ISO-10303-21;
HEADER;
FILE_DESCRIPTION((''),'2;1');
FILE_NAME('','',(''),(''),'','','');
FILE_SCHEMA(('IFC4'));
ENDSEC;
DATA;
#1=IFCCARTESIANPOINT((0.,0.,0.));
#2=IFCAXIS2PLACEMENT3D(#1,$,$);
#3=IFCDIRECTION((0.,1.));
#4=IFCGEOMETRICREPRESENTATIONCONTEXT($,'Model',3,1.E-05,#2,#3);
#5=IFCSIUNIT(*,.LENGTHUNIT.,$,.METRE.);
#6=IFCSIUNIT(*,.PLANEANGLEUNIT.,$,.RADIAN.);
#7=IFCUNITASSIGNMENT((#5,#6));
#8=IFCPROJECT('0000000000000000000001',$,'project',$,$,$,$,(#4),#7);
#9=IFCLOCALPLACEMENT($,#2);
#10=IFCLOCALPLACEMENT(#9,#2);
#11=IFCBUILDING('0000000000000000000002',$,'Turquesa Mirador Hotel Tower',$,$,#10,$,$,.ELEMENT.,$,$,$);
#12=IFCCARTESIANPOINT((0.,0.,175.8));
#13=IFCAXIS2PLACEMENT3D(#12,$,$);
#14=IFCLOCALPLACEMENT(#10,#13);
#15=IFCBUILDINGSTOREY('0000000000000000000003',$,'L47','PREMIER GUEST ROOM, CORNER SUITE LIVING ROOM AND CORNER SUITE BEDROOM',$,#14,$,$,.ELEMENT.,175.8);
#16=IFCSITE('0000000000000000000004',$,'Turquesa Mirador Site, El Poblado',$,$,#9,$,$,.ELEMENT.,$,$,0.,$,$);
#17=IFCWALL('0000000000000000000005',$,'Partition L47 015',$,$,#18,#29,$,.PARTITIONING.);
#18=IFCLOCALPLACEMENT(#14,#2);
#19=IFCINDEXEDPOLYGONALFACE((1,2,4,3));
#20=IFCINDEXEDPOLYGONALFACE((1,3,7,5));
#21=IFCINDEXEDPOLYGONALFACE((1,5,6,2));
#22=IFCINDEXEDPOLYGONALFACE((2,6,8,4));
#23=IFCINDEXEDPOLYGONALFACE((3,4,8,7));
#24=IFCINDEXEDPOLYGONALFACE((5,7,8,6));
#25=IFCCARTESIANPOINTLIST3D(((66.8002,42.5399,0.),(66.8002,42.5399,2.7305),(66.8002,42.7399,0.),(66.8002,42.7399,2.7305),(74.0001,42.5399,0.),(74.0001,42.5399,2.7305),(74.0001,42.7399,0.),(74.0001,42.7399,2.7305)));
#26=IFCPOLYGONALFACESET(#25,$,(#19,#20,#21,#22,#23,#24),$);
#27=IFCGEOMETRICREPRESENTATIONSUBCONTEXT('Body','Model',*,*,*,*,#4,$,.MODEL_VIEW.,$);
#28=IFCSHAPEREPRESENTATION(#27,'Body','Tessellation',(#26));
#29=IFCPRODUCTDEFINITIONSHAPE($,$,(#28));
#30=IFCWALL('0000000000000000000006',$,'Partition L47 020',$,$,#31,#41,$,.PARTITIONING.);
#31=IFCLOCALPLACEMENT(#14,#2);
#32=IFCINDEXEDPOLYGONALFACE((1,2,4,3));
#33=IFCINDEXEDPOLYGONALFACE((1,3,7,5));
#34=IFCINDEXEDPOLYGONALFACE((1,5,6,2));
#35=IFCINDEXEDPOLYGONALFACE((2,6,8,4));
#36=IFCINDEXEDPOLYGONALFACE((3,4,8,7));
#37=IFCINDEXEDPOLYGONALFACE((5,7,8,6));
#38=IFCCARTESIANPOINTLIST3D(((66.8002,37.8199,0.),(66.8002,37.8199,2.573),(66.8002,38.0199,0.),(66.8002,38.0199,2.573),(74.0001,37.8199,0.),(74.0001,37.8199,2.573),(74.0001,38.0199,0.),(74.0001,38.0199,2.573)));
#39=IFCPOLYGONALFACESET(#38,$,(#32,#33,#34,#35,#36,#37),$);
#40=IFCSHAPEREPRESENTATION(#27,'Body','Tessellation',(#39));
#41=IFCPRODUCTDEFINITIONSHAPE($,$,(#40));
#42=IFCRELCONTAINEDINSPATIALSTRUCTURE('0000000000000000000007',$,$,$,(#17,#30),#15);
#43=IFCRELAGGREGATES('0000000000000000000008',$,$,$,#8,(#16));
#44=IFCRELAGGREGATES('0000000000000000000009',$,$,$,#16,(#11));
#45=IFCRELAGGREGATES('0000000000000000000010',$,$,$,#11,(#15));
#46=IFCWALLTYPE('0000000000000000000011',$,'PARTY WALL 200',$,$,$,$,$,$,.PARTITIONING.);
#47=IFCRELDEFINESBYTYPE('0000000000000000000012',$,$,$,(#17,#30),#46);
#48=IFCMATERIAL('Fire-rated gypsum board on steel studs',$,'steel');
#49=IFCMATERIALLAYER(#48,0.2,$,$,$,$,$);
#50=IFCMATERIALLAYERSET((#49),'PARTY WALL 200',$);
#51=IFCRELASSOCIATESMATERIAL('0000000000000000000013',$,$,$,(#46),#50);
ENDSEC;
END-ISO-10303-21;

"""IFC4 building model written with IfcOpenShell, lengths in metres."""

from ifc_helpers import new_model, si_unit, direction, frame, frame_2d, origin, place, context, subcontext, project, spatial, rectangle, extrude, material, layer, layer_set, type_object, element, save


model = new_model("IFC4")

# Units and contexts
model_context = context("Model", 3, precision=1e-05, world=origin(), true_north=direction((0.0, 1.0)))
body_context = subcontext(model_context, "Body", "Model", "MODEL_VIEW")
ifc_project = project(units=[si_unit("LENGTHUNIT", "METRE"), si_unit("PLANEANGLEUNIT", "RADIAN")], contexts=[model_context])

# Site, building, storey
site_placement = place(None, origin())
site = spatial("IfcSite", under=ifc_project, at=site_placement, Name="Turquesa Mirador Site, El Poblado", CompositionType="ELEMENT", RefElevation=0.0)
building_placement = place(site_placement, origin())
building = spatial("IfcBuilding", under=site, at=building_placement, Name="Turquesa Mirador Hotel Tower", CompositionType="ELEMENT")
storey_placement = place(building_placement, frame((0.0, 0.0, 175.8)))
storey = spatial("IfcBuildingStorey", under=building, at=storey_placement, Name="L47", Description="PREMIER GUEST ROOM, CORNER SUITE LIVING ROOM AND CORNER SUITE BEDROOM", CompositionType="ELEMENT", Elevation=175.8)

# Walls
ifc_material_1 = material(Name="Fire-rated gypsum board on steel studs", Category="steel")
ifc_layer_1 = layer(ifc_material_1, 0.2)
ifc_layer_set_1 = layer_set([ifc_layer_1], Name="PARTY WALL 200")
wall_type_1 = type_object("IfcWallType", Name="PARTY WALL 200", PredefinedType="PARTITIONING", material=ifc_layer_set_1)
wall_1_placement = place(storey_placement, frame((66.8, 42.6399, 0.0), z_axis=(0.0, 0.0, 1.0), x_axis=(1.0, 0.0, 0.0)))
element("IfcWall", 1, at=wall_1_placement, inside=storey, type_object=wall_type_1, Name="Partition L47 015", PredefinedType="PARTITIONING", context=body_context, shape_type="SweptSolid", body=[
    extrude(rectangle(XDim=7.2, YDim=0.2, at=frame_2d((3.6001, 0.0))), origin(), (0.0, 0.0, 1.0), 2.7305),
])
wall_2_placement = place(storey_placement, frame((66.8, 37.9199, 0.0), z_axis=(0.0, 0.0, 1.0), x_axis=(1.0, 0.0, 0.0)))
element("IfcWall", 2, at=wall_2_placement, inside=storey, type_object=wall_type_1, Name="Partition L47 020", PredefinedType="PARTITIONING", context=body_context, shape_type="SweptSolid", body=[
    extrude(rectangle(XDim=7.2, YDim=0.2, at=frame_2d((3.6001, 0.0))), origin(), (0.0, 0.0, 1.0), 2.573),
])

save(model, "model.ifc")
